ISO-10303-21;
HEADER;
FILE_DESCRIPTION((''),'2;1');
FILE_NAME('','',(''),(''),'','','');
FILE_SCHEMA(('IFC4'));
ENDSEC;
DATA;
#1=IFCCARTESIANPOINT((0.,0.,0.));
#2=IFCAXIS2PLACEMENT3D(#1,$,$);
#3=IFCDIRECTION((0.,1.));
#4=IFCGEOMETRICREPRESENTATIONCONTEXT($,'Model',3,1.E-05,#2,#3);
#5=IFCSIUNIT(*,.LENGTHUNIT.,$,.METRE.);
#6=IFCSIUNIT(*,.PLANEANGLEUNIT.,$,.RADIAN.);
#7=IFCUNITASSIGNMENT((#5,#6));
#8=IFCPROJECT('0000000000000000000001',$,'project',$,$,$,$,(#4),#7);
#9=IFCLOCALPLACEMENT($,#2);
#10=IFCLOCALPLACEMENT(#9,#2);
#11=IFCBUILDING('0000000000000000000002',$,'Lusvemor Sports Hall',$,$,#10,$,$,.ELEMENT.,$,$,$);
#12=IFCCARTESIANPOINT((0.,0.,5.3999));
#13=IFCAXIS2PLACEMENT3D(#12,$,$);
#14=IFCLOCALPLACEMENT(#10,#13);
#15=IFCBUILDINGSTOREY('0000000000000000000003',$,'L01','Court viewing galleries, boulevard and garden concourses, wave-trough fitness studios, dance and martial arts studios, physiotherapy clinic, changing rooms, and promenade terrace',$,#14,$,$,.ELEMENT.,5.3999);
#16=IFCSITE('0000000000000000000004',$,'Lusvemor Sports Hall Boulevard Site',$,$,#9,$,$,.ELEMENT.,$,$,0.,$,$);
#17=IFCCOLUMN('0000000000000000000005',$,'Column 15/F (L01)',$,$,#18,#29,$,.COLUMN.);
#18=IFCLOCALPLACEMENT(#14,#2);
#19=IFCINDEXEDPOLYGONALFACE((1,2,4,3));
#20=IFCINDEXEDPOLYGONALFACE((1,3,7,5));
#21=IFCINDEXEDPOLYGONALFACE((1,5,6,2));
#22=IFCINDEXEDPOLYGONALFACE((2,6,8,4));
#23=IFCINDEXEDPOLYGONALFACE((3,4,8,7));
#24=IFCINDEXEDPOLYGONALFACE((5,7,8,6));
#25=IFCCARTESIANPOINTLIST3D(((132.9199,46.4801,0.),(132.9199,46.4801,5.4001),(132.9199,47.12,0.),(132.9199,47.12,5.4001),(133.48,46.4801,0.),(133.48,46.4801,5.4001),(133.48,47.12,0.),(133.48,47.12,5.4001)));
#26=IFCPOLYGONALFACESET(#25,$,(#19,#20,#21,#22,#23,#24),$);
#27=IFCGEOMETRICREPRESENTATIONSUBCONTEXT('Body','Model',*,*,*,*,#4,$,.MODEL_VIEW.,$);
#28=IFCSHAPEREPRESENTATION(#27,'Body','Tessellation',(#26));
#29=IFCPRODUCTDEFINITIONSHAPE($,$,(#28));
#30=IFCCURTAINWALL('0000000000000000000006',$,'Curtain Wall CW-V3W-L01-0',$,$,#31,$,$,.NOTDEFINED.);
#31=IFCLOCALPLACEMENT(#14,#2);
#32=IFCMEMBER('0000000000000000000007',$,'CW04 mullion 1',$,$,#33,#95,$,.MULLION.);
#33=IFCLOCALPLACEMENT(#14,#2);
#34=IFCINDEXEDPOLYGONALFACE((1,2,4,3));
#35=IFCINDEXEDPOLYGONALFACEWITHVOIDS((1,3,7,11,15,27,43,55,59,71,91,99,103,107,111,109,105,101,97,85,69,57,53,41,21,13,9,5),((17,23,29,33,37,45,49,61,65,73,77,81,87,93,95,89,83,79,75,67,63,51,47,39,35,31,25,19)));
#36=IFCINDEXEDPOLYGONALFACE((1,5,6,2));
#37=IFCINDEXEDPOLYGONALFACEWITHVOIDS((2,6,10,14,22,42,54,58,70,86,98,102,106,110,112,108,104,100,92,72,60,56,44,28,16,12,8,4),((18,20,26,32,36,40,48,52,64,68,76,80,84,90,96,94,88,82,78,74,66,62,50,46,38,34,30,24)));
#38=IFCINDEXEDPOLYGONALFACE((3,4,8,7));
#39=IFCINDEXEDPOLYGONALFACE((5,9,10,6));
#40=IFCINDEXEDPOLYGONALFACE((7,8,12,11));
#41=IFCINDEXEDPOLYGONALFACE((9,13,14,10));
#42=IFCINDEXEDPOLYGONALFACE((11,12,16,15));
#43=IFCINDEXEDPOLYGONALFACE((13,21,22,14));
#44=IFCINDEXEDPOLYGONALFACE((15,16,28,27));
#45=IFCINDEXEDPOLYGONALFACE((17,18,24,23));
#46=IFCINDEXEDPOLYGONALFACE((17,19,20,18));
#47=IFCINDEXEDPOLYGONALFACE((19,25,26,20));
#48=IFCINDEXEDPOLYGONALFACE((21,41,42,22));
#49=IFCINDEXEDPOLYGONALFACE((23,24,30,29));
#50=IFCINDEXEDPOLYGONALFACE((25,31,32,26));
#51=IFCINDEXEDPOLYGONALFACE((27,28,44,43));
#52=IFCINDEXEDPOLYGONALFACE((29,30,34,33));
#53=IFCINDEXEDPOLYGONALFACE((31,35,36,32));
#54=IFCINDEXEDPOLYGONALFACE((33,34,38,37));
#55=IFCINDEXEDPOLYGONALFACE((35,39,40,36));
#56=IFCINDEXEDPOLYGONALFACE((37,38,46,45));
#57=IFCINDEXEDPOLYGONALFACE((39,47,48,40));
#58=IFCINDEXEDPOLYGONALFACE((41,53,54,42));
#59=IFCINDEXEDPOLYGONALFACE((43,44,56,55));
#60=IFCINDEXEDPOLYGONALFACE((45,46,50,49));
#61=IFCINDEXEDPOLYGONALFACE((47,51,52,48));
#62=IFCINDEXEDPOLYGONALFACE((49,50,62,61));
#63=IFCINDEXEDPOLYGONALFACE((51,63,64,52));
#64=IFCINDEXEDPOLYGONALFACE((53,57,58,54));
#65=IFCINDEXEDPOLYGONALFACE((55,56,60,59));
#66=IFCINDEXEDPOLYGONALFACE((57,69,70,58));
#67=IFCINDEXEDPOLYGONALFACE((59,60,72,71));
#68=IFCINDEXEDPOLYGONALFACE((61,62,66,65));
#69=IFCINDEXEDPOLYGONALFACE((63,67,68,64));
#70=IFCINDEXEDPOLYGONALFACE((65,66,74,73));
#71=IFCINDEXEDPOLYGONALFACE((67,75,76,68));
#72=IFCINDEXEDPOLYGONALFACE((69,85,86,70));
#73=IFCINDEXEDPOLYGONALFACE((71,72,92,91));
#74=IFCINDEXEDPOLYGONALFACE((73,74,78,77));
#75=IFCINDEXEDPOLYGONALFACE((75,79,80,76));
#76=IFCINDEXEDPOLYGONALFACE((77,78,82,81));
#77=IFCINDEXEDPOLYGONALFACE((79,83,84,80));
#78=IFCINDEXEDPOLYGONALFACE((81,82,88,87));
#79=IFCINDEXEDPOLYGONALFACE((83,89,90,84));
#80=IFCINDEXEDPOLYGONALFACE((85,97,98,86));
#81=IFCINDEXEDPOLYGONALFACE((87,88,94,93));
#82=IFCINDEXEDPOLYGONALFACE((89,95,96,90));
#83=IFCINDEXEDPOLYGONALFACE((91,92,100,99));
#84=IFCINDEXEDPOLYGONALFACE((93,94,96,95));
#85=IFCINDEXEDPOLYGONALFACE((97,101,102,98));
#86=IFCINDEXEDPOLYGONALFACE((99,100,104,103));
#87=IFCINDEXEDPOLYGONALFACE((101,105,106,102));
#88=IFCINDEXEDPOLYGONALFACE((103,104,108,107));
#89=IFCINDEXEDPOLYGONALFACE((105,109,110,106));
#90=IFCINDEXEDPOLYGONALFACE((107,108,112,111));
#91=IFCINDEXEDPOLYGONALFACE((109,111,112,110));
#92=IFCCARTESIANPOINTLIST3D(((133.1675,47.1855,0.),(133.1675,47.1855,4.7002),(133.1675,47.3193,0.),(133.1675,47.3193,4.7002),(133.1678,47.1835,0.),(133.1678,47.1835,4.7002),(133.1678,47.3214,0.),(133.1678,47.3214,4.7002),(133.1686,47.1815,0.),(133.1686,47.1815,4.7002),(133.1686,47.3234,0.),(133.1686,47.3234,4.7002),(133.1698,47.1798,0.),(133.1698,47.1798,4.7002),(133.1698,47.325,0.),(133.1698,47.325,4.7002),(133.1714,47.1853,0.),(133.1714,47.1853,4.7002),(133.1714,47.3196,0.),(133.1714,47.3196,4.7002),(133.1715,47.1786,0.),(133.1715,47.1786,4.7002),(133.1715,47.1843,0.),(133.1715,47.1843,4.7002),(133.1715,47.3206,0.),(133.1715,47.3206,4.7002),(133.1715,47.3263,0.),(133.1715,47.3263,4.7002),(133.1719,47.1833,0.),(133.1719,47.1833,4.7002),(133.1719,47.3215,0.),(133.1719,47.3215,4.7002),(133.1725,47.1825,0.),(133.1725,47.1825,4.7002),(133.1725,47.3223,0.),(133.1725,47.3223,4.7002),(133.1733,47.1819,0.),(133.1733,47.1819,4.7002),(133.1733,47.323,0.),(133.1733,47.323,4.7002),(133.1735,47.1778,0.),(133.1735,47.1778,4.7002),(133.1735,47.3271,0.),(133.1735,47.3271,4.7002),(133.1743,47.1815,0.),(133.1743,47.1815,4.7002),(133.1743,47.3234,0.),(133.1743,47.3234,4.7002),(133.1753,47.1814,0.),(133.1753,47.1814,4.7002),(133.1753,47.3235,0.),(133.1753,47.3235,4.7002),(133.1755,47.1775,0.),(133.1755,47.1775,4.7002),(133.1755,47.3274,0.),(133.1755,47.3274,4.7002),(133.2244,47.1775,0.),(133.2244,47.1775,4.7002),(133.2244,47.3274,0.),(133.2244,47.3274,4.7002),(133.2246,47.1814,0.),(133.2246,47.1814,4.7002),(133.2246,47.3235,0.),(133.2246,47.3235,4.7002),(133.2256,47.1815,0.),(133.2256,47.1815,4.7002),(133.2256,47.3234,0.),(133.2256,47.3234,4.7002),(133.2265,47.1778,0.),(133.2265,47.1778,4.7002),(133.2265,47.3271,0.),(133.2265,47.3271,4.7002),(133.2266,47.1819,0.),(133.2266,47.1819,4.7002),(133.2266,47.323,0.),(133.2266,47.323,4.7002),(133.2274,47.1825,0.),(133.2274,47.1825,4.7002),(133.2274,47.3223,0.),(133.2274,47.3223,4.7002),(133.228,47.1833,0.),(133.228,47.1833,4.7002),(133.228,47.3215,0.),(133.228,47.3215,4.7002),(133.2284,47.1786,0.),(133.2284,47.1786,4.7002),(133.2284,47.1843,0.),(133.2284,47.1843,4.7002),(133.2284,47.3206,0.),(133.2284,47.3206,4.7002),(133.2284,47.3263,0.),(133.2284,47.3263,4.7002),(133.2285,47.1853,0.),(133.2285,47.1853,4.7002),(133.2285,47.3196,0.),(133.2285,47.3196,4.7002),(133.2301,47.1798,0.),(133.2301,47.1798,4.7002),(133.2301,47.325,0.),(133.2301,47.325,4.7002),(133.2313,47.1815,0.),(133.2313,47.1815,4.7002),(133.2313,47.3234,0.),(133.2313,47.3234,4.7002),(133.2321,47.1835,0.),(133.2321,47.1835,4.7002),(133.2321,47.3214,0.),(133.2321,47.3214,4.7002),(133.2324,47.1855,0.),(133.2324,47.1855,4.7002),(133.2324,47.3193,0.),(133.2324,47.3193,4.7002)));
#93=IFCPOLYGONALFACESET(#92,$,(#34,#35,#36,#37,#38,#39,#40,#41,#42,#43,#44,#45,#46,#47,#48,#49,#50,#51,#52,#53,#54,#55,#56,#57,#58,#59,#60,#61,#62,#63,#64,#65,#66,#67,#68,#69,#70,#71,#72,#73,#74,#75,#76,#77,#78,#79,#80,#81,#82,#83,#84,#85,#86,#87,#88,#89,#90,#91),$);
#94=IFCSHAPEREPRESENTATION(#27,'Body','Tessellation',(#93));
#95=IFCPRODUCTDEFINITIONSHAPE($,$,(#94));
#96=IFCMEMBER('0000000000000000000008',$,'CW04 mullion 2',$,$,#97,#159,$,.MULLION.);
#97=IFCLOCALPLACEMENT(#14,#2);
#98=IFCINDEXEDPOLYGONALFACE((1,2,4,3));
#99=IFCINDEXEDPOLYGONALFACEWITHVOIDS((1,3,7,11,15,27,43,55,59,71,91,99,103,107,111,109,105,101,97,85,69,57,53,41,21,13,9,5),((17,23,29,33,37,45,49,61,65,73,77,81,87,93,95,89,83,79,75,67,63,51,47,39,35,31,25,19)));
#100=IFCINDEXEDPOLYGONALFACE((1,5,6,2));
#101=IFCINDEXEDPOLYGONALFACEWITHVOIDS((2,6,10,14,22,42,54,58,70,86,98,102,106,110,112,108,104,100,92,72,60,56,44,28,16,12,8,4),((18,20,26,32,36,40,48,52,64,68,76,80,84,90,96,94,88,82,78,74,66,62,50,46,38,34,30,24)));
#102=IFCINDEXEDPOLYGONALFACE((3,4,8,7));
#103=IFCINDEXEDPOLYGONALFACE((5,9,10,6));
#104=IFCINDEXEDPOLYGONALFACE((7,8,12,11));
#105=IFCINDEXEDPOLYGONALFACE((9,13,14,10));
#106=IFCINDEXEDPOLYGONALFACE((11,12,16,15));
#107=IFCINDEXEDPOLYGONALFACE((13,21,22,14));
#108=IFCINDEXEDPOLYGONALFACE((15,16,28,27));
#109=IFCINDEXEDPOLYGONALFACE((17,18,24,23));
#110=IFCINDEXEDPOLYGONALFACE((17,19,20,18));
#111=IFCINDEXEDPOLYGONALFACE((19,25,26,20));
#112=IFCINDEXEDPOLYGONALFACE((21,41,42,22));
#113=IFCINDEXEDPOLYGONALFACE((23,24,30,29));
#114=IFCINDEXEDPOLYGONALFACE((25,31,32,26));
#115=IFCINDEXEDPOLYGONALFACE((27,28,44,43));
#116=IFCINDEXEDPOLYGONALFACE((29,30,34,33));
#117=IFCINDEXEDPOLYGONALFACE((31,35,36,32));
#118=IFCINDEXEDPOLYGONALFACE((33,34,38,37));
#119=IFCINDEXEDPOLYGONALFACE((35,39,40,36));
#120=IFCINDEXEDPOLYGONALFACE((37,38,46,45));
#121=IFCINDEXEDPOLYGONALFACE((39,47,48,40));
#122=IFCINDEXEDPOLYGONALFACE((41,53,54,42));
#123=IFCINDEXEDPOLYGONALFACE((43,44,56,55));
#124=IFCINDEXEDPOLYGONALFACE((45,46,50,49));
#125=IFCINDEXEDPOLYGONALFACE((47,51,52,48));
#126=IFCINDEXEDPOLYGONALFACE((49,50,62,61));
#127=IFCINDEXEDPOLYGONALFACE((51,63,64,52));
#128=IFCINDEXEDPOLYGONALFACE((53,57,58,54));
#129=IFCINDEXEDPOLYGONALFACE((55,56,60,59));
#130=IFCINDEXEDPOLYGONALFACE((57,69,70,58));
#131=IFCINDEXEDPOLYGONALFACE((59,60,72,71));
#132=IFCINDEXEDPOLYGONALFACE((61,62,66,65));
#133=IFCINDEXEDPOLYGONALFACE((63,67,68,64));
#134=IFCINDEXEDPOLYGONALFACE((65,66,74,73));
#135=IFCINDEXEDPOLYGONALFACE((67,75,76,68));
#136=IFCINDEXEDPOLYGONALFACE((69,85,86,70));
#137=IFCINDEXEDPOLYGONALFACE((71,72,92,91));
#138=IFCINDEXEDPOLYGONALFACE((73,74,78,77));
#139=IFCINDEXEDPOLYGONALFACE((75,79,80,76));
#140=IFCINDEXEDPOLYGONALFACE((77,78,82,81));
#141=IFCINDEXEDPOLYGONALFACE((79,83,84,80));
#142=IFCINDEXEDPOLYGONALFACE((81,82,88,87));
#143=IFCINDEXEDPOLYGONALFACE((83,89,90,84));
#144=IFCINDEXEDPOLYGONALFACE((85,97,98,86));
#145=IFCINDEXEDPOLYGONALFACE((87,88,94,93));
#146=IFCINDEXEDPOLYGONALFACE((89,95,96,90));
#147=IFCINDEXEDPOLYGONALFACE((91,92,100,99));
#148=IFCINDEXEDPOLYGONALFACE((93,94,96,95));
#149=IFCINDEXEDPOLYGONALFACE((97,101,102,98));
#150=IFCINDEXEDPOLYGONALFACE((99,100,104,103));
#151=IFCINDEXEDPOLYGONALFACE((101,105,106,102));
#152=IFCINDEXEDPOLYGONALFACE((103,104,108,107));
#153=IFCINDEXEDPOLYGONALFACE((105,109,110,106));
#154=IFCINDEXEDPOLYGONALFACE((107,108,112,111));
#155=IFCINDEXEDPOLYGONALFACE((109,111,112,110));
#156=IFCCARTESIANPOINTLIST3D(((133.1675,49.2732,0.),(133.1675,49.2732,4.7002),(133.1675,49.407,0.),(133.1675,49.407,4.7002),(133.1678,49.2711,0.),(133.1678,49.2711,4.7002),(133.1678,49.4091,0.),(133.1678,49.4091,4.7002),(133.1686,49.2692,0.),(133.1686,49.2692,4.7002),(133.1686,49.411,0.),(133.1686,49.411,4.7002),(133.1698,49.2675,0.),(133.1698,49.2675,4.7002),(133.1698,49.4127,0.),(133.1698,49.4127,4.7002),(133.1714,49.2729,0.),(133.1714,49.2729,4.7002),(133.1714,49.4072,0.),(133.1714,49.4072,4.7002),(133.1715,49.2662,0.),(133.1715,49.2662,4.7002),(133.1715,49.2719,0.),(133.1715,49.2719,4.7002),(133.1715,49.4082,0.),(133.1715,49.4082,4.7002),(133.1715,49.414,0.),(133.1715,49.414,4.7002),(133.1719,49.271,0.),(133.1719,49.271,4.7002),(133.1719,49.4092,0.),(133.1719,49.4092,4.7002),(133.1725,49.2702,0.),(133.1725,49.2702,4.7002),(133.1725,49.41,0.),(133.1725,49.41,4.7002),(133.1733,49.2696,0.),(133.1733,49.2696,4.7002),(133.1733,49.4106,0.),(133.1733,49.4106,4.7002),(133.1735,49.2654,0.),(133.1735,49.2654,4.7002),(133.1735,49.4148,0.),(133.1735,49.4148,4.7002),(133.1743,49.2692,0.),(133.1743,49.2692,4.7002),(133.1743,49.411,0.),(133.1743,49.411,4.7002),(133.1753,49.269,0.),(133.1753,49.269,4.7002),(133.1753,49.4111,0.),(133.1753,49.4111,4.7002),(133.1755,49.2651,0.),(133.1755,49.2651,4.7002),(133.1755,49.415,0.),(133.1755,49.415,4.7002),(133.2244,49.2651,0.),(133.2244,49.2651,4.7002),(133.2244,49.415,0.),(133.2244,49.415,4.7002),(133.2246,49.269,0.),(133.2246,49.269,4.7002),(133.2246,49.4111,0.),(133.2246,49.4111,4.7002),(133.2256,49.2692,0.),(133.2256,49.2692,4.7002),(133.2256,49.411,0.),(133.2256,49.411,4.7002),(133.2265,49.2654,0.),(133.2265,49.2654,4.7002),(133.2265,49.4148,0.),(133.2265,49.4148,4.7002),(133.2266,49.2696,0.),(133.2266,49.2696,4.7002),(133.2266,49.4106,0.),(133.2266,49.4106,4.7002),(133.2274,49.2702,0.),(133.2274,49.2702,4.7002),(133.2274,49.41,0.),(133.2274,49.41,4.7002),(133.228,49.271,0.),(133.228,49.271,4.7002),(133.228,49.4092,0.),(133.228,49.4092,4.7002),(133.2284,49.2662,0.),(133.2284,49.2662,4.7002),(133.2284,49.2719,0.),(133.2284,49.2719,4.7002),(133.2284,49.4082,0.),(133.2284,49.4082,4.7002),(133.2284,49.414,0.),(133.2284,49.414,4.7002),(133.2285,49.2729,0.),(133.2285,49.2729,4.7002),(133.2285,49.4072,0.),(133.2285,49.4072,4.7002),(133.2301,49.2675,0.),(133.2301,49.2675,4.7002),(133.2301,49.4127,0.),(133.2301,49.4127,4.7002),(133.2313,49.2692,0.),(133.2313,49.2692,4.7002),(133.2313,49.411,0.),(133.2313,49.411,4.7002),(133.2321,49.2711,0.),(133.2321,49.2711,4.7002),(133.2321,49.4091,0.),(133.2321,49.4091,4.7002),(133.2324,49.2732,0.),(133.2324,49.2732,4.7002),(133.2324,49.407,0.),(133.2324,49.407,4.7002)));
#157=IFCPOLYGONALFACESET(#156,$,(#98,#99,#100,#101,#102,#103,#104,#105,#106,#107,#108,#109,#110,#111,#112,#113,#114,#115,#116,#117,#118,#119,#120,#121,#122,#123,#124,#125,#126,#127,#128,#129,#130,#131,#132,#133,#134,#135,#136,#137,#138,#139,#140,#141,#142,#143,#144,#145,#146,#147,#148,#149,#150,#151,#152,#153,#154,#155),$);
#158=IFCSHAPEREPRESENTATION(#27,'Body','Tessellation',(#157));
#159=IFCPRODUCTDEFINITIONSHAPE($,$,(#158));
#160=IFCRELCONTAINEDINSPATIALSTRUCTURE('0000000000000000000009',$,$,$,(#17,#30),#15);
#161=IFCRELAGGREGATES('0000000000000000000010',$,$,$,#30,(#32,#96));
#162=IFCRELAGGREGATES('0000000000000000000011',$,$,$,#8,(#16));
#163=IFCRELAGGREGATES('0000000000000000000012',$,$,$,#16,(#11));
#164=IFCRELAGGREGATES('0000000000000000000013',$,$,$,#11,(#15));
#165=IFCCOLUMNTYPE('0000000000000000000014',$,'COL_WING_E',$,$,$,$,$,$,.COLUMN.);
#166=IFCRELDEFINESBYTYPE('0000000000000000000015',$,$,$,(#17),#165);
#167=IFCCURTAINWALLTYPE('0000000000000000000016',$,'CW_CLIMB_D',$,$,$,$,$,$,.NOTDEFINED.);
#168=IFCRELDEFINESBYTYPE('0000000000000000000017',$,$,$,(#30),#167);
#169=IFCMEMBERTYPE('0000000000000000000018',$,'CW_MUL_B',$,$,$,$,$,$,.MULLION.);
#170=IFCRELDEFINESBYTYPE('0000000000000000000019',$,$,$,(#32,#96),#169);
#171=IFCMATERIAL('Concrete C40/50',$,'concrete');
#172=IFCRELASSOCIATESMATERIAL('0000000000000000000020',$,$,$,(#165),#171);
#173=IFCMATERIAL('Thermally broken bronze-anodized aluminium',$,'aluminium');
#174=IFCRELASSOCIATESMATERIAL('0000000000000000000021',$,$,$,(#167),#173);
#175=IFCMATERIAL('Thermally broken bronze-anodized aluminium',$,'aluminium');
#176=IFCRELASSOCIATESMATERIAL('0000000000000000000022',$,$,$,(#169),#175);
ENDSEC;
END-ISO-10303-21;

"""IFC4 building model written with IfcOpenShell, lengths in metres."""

from ifc_helpers import new_model, si_unit, direction, frame, origin, origin_2d, place, context, subcontext, project, spatial, rectangle, hollow_rectangle, extrude, material, material_profile, profile_set, type_object, element, aggregate, save


model = new_model("IFC4")

# Units and contexts
model_context = context("Model", 3, precision=1e-05, world=origin(), true_north=direction((0.0, 1.0)))
body_context = subcontext(model_context, "Body", "Model", "MODEL_VIEW")
ifc_project = project(units=[si_unit("LENGTHUNIT", "METRE"), si_unit("PLANEANGLEUNIT", "RADIAN")], contexts=[model_context])

# Site, building, storey
site_placement = place(None, origin())
site = spatial("IfcSite", under=ifc_project, at=site_placement, Name="Lusvemor Sports Hall Boulevard Site", CompositionType="ELEMENT", RefElevation=0.0)
building_placement = place(site_placement, origin())
building = spatial("IfcBuilding", under=site, at=building_placement, Name="Lusvemor Sports Hall", CompositionType="ELEMENT")
storey_placement = place(building_placement, frame((0.0, 0.0, 5.3999)))
storey = spatial("IfcBuildingStorey", under=building, at=storey_placement, Name="L01", Description="Court viewing galleries, boulevard and garden concourses, wave-trough fitness studios, dance and martial arts studios, physiotherapy clinic, changing rooms, and promenade terrace", CompositionType="ELEMENT", Elevation=5.3999)

# Column
ifc_material_1 = material(Name="Concrete C40/50", Category="concrete")
ifc_material_profile_1 = material_profile(ifc_material_1, rectangle(XDim=0.5601, YDim=0.6399, at=origin_2d()), Name="RC560x640")
ifc_profile_set_1 = profile_set([ifc_material_profile_1], Name="Concrete C40/50")
column_type = type_object("IfcColumnType", Name="COL_WING_E", PredefinedType="COLUMN", material=ifc_profile_set_1)
column_placement = place(storey_placement, frame((133.2, 46.8, 0.0), z_axis=(0.0, 0.0, 1.0), x_axis=(1.0, 0.0, 0.0)))
element("IfcColumn", 1, at=column_placement, inside=storey, type_object=column_type, Name="Column 15/F (L01)", PredefinedType="COLUMN", context=body_context, shape_type="SweptSolid", body=[
    extrude(rectangle(XDim=0.5601, YDim=0.6399, at=origin_2d()), origin(), (0.0, 0.0, 1.0), 5.4001),
])

# Curtain wall, members
ifc_material_2 = material(Name="Thermally broken bronze-anodized aluminium", Category="aluminium")
curtain_wall_type_1 = type_object("IfcCurtainWallType", Name="CW_CLIMB_D", PredefinedType="NOTDEFINED", material=ifc_material_2)
curtain_wall_1_placement = place(storey_placement, origin())
curtain_wall_1 = element("IfcCurtainWall", 2, at=curtain_wall_1_placement, inside=storey, type_object=curtain_wall_type_1, Name="Curtain Wall CW-V3W-L01-0", PredefinedType="NOTDEFINED")
ifc_material_3 = material(Name="Thermally broken bronze-anodized aluminium", Category="aluminium")
ifc_material_profile_2 = material_profile(ifc_material_3, hollow_rectangle(XDim=0.0649, YDim=0.1499, WallThickness=0.0039, InnerFilletRadius=0.0039, OuterFilletRadius=0.0081, at=origin_2d()), Name="CWMUL150x65x4")
ifc_profile_set_2 = profile_set([ifc_material_profile_2], Name="Thermally broken bronze-anodized aluminium")
member_type_1 = type_object("IfcMemberType", Name="CW_MUL_B", PredefinedType="MULLION", material=ifc_profile_set_2)
member_1_placement = place(storey_placement, frame((133.2, 47.2524, 0.0), z_axis=(0.0, 0.0, 1.0), x_axis=(-1.0, 0.0, 0.0)))
member_1 = element("IfcMember", 3, at=member_1_placement, type_object=member_type_1, Name="CW04 mullion 1", PredefinedType="MULLION", context=body_context, shape_type="SweptSolid", body=[
    extrude(hollow_rectangle(XDim=0.0649, YDim=0.1499, WallThickness=0.0039, InnerFilletRadius=0.0039, OuterFilletRadius=0.0081, at=origin_2d()), origin(), (0.0, 0.0, 1.0), 4.7002),
])
member_2_placement = place(storey_placement, frame((133.2, 49.3401, 0.0), z_axis=(0.0, 0.0, 1.0), x_axis=(-1.0, 0.0, 0.0)))
member_2 = element("IfcMember", 4, at=member_2_placement, type_object=member_type_1, Name="CW04 mullion 2", PredefinedType="MULLION", context=body_context, shape_type="SweptSolid", body=[
    extrude(hollow_rectangle(XDim=0.0649, YDim=0.1499, WallThickness=0.0039, InnerFilletRadius=0.0039, OuterFilletRadius=0.0081, at=origin_2d()), origin(), (0.0, 0.0, 1.0), 4.7002),
])

aggregate(curtain_wall_1, [member_1, member_2])

save(model, "model.ifc")
